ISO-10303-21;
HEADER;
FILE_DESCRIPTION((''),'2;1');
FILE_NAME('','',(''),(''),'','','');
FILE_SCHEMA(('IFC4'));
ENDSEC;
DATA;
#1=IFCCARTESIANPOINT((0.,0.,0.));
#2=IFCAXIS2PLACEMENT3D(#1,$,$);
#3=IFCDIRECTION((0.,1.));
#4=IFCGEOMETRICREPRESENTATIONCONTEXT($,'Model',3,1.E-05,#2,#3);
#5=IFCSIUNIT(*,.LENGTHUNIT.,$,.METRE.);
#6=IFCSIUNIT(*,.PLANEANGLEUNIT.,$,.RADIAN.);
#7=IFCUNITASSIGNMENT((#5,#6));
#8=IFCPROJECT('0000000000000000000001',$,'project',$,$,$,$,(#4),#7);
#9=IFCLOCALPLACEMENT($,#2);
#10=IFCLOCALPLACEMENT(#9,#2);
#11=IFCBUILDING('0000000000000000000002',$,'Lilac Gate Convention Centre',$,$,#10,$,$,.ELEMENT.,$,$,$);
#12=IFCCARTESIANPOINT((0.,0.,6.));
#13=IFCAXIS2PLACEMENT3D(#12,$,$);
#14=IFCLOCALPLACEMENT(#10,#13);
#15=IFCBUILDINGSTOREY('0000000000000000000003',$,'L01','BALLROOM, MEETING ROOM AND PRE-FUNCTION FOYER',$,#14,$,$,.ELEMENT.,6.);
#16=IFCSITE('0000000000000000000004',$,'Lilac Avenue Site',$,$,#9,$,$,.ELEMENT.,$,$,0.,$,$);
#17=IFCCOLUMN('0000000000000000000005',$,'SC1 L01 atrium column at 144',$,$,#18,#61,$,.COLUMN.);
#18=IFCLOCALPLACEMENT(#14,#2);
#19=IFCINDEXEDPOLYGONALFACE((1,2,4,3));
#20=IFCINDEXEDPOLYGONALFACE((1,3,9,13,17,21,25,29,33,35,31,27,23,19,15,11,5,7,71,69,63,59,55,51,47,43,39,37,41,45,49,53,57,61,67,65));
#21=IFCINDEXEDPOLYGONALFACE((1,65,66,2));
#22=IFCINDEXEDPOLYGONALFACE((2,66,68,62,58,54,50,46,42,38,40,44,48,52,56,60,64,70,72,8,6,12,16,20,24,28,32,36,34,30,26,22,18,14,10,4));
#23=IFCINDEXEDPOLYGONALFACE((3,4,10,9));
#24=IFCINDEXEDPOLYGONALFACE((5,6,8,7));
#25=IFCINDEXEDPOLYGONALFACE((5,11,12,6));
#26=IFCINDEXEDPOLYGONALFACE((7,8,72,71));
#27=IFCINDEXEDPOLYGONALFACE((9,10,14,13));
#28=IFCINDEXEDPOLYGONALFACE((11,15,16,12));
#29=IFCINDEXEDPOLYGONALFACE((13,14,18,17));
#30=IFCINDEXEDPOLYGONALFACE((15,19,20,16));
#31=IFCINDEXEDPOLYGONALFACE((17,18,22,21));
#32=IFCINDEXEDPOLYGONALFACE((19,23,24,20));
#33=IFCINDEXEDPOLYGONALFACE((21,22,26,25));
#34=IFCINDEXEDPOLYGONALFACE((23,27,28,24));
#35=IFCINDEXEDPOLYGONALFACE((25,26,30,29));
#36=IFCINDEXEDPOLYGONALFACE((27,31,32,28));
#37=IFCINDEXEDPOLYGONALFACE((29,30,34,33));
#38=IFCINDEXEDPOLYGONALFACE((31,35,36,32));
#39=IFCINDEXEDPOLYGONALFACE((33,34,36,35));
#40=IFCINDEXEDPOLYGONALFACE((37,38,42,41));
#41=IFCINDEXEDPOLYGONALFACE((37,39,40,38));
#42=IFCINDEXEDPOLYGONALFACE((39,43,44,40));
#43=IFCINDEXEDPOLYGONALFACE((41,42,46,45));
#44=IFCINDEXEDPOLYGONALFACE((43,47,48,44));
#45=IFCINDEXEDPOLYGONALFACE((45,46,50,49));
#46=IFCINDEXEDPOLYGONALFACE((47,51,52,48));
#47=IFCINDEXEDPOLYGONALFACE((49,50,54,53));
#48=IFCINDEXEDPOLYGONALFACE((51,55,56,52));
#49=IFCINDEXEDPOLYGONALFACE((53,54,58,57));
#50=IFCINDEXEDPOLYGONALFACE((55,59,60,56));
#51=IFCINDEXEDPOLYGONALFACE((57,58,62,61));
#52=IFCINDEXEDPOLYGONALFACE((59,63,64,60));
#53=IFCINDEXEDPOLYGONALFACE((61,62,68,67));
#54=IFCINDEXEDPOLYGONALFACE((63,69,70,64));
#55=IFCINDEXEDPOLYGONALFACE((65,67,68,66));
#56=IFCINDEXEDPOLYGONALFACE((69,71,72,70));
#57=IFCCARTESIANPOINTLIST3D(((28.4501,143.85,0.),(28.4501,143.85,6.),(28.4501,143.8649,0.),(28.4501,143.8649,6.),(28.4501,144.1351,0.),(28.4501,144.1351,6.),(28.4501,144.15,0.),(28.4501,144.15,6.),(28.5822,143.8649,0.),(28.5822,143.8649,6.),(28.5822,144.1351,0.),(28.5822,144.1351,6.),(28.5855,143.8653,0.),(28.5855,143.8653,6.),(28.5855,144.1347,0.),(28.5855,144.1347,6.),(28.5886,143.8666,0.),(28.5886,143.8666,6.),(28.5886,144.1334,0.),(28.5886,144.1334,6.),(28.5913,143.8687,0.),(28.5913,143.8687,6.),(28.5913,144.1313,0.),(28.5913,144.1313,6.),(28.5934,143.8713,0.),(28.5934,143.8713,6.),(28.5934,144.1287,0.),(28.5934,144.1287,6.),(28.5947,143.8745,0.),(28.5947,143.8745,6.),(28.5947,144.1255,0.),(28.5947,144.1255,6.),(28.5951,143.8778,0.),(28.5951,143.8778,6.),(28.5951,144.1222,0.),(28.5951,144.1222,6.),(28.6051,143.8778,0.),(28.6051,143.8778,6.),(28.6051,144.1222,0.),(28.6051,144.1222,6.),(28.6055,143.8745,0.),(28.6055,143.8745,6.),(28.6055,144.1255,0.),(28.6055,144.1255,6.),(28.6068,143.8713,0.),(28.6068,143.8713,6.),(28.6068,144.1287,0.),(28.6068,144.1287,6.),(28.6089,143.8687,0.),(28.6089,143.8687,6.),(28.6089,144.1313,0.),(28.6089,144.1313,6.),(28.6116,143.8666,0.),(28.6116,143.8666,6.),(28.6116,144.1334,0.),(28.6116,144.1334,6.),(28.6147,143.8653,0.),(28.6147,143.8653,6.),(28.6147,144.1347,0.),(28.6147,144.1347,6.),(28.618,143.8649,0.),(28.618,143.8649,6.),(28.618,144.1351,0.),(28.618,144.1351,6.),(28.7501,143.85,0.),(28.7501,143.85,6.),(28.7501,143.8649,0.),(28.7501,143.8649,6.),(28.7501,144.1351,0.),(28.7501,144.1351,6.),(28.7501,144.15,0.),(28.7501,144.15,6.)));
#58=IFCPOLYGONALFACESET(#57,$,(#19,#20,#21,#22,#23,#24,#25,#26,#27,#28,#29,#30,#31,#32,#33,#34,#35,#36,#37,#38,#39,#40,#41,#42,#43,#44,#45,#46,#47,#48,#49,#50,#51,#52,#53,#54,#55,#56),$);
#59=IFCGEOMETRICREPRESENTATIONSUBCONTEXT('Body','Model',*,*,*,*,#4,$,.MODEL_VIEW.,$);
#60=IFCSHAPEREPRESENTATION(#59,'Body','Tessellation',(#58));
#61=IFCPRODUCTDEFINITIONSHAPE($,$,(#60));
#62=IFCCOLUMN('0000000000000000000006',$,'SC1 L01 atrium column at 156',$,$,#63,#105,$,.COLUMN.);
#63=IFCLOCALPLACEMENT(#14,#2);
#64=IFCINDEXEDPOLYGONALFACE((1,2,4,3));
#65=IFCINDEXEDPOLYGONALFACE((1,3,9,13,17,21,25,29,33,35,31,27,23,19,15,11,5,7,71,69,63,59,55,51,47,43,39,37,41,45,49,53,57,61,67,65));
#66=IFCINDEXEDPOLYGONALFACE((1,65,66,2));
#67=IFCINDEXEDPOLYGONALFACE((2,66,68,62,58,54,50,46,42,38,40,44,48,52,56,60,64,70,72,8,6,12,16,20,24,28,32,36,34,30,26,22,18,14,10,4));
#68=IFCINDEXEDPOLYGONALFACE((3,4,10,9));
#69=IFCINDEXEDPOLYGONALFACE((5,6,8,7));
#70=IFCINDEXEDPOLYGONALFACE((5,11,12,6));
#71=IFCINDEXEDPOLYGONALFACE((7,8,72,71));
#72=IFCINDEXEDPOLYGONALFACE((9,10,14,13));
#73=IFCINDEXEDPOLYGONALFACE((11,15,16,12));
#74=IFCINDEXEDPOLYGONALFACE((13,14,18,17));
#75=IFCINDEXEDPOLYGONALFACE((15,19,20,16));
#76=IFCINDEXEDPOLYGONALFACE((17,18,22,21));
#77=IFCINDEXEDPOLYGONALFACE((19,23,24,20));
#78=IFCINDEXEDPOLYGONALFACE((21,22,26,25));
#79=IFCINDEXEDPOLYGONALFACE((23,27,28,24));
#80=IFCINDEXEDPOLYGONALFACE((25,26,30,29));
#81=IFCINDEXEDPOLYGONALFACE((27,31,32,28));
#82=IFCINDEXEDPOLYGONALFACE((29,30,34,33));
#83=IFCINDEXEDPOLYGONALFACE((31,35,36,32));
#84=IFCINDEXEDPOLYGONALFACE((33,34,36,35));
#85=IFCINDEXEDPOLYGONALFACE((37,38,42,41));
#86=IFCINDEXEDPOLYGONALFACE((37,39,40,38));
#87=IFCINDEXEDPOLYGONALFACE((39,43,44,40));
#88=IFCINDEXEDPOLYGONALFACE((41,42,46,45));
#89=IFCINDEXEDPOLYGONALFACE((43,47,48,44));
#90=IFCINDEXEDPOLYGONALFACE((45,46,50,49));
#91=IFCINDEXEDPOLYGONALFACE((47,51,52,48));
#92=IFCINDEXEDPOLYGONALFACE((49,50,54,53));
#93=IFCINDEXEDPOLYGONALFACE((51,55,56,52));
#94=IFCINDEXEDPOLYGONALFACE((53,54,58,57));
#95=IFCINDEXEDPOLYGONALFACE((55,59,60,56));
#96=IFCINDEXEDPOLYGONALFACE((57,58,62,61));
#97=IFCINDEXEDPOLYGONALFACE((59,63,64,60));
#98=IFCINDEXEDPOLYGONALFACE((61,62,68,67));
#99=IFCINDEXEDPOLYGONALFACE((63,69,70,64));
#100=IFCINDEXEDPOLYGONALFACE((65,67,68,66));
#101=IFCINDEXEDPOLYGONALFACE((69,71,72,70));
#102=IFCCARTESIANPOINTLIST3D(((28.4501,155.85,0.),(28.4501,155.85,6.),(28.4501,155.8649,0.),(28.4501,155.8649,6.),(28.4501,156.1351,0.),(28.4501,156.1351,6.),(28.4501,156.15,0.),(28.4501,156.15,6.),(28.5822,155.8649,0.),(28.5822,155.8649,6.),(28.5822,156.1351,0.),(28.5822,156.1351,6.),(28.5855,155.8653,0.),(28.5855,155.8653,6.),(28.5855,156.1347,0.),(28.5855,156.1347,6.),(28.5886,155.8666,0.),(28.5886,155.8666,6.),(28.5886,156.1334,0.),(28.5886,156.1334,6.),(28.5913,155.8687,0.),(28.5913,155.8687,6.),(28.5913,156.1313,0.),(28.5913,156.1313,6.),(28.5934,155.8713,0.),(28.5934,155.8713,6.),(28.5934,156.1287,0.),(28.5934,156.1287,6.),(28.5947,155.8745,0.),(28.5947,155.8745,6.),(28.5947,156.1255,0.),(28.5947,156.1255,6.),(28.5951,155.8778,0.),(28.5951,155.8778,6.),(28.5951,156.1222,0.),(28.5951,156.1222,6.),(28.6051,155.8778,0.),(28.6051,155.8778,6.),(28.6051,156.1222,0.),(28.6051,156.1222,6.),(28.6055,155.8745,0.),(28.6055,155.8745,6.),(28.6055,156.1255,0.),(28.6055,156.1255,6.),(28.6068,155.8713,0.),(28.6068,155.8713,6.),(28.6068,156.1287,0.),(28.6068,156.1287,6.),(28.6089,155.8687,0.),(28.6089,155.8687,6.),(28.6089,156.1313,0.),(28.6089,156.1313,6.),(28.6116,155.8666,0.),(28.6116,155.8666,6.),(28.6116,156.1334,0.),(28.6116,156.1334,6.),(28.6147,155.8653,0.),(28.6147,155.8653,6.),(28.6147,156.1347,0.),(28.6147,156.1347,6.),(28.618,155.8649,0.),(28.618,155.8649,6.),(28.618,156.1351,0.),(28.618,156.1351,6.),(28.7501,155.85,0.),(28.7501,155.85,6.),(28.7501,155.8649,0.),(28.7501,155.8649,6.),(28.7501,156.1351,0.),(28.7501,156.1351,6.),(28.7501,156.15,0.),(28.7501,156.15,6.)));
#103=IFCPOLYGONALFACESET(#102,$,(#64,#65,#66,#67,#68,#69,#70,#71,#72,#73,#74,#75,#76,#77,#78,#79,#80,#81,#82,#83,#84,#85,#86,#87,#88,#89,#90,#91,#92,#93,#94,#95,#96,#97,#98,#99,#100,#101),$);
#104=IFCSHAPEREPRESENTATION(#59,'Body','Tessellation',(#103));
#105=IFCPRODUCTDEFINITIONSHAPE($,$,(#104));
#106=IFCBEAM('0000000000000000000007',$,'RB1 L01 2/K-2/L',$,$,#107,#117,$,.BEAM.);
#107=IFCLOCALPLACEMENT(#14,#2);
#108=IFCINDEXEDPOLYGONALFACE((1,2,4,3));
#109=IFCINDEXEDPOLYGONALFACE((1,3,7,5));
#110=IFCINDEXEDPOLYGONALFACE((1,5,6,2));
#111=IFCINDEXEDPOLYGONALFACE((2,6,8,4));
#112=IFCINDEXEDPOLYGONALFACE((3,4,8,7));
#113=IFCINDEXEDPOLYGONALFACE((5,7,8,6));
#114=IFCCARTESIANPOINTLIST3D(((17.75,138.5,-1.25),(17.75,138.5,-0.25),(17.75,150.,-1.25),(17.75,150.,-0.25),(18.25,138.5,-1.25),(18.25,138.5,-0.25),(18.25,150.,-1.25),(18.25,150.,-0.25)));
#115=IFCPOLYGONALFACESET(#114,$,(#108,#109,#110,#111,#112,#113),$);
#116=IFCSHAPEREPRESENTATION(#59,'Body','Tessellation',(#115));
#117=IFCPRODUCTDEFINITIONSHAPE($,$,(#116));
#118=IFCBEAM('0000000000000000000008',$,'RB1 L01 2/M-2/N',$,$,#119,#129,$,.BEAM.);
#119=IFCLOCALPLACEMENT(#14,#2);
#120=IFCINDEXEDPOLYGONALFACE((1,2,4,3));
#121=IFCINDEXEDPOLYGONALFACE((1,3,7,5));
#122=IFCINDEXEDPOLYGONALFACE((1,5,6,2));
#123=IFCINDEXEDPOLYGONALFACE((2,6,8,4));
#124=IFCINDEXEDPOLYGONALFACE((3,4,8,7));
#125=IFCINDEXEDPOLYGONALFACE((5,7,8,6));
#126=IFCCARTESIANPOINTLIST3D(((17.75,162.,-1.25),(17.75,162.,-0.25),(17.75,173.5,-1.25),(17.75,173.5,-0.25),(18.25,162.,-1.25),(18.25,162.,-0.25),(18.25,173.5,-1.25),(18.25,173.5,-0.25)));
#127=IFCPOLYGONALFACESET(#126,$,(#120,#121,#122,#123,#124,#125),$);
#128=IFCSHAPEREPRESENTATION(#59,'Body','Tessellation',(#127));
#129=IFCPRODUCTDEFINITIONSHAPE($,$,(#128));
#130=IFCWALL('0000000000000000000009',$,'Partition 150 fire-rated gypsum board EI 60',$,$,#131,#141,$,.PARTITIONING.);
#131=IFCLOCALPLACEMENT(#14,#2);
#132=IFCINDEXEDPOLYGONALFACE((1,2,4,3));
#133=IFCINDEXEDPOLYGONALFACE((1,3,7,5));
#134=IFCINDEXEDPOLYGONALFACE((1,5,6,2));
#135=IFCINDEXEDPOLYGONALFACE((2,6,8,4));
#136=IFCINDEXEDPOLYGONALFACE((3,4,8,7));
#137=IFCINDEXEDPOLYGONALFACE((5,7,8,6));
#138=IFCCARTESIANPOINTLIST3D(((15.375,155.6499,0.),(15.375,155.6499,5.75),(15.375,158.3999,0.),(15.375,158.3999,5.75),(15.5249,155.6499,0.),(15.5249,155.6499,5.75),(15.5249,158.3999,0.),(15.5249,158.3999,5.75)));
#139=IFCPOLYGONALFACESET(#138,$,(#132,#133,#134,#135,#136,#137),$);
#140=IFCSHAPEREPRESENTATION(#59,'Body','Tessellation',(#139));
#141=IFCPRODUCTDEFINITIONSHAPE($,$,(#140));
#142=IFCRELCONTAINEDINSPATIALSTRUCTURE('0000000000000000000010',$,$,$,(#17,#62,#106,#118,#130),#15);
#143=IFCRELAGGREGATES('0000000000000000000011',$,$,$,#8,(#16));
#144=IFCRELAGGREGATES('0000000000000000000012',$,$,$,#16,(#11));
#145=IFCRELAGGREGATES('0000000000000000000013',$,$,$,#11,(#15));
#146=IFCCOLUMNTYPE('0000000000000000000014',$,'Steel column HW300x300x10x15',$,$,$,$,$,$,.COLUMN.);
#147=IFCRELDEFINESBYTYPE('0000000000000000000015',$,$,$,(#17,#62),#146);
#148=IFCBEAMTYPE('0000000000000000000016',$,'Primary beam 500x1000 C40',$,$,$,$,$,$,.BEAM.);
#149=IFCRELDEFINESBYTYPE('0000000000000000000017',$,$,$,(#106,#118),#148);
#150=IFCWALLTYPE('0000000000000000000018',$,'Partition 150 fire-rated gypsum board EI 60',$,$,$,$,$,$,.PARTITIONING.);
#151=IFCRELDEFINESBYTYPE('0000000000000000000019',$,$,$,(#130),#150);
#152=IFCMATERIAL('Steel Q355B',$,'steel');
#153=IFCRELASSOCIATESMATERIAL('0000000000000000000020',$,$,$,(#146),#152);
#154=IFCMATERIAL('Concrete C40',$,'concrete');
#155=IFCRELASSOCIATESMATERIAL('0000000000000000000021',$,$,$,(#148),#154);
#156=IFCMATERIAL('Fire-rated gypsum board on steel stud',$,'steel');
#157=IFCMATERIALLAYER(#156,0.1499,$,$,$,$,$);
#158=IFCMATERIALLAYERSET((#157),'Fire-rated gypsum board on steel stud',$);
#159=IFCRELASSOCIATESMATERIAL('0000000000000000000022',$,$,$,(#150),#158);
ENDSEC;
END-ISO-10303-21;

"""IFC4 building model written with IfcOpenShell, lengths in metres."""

from ifc_helpers import new_model, si_unit, direction, frame, frame_2d, origin, origin_2d, place, context, subcontext, project, spatial, rectangle, i_section, extrude, material, layer, layer_set, material_profile, profile_set, type_object, element, save


model = new_model("IFC4")

# Units and contexts
model_context = context("Model", 3, precision=1e-05, world=origin(), true_north=direction((0.0, 1.0)))
body_context = subcontext(model_context, "Body", "Model", "MODEL_VIEW")
ifc_project = project(units=[si_unit("LENGTHUNIT", "METRE"), si_unit("PLANEANGLEUNIT", "RADIAN")], contexts=[model_context])

# Site, building, storey
site_placement = place(None, origin())
site = spatial("IfcSite", under=ifc_project, at=site_placement, Name="Lilac Avenue Site", CompositionType="ELEMENT", RefElevation=0.0)
building_placement = place(site_placement, origin())
building = spatial("IfcBuilding", under=site, at=building_placement, Name="Lilac Gate Convention Centre", CompositionType="ELEMENT")
storey_placement = place(building_placement, frame((0.0, 0.0, 6.0)))
storey = spatial("IfcBuildingStorey", under=building, at=storey_placement, Name="L01", Description="BALLROOM, MEETING ROOM AND PRE-FUNCTION FOYER", CompositionType="ELEMENT", Elevation=6.0)

# Columns
ifc_material_1 = material(Name="Steel Q355B", Category="steel")
ifc_material_profile_1 = material_profile(ifc_material_1, i_section(OverallWidth=0.3, OverallDepth=0.3, WebThickness=0.01, FlangeThickness=0.0149, FilletRadius=0.0129, at=origin_2d()), Name="HW300x300x10x15")
ifc_profile_set_1 = profile_set([ifc_material_profile_1], Name="Steel Q355B")
column_type = type_object("IfcColumnType", Name="Steel column HW300x300x10x15", PredefinedType="COLUMN", material=ifc_profile_set_1)
for number, where, z_axis, x_axis, name in (
    (1, (28.6001, 144.0, 0.0), (0.0, 0.0, 1.0), (1.0, 0.0, 0.0), "SC1 L01 atrium column at 144"),
    (2, (28.6001, 156.0, 0.0), (0.0, 0.0, 1.0), (1.0, 0.0, 0.0), "SC1 L01 atrium column at 156"),
):
    element("IfcColumn", number, at=place(storey_placement, frame(where, z_axis=z_axis, x_axis=x_axis)), inside=storey, type_object=column_type, Name=name, PredefinedType="COLUMN", context=body_context, shape_type="SweptSolid", body=[
        extrude(i_section(OverallWidth=0.3, OverallDepth=0.3, WebThickness=0.01, FlangeThickness=0.0149, FilletRadius=0.0129, at=origin_2d()), origin(), (0.0, 0.0, 1.0), 6.0),
    ])

# Beams
ifc_material_2 = material(Name="Concrete C40", Category="concrete")
ifc_material_profile_2 = material_profile(ifc_material_2, rectangle(XDim=0.5, YDim=1.0, at=origin_2d()), Name="RC 500x1000")
ifc_profile_set_2 = profile_set([ifc_material_profile_2], Name="Concrete C40")
beam_type = type_object("IfcBeamType", Name="Primary beam 500x1000 C40", PredefinedType="BEAM", material=ifc_profile_set_2)
for number, where, z_axis, x_axis, name in (
    (3, (18.0, 138.5, -0.75), (0.0, 1.0, 0.0), (-1.0, 0.0, 0.0), "RB1 L01 2/K-2/L"),
    (4, (18.0, 162.0, -0.75), (0.0, 1.0, 0.0), (-1.0, 0.0, 0.0), "RB1 L01 2/M-2/N"),
):
    element("IfcBeam", number, at=place(storey_placement, frame(where, z_axis=z_axis, x_axis=x_axis)), inside=storey, type_object=beam_type, Name=name, PredefinedType="BEAM", context=body_context, shape_type="SweptSolid", body=[
        extrude(rectangle(XDim=0.5, YDim=1.0, at=origin_2d()), origin(), (0.0, 0.0, 1.0), 11.5),
    ])

# Wall
ifc_material_3 = material(Name="Fire-rated gypsum board on steel stud", Category="steel")
ifc_layer_1 = layer(ifc_material_3, 0.1499)
ifc_layer_set_1 = layer_set([ifc_layer_1], Name="Fire-rated gypsum board on steel stud")
wall_type_1 = type_object("IfcWallType", Name="Partition 150 fire-rated gypsum board EI 60", PredefinedType="PARTITIONING", material=ifc_layer_set_1)
wall_1_placement = place(storey_placement, frame((15.45, 155.6499, 0.0), z_axis=(0.0, 0.0, 1.0), x_axis=(0.0, 1.0, 0.0)))
element("IfcWall", 5, at=wall_1_placement, inside=storey, type_object=wall_type_1, Name="Partition 150 fire-rated gypsum board EI 60", PredefinedType="PARTITIONING", context=body_context, shape_type="SweptSolid", body=[
    extrude(rectangle(XDim=2.75, YDim=0.1499, at=frame_2d((1.375, 0.0))), origin(), (0.0, 0.0, 1.0), 5.75),
])

save(model, "model.ifc")
